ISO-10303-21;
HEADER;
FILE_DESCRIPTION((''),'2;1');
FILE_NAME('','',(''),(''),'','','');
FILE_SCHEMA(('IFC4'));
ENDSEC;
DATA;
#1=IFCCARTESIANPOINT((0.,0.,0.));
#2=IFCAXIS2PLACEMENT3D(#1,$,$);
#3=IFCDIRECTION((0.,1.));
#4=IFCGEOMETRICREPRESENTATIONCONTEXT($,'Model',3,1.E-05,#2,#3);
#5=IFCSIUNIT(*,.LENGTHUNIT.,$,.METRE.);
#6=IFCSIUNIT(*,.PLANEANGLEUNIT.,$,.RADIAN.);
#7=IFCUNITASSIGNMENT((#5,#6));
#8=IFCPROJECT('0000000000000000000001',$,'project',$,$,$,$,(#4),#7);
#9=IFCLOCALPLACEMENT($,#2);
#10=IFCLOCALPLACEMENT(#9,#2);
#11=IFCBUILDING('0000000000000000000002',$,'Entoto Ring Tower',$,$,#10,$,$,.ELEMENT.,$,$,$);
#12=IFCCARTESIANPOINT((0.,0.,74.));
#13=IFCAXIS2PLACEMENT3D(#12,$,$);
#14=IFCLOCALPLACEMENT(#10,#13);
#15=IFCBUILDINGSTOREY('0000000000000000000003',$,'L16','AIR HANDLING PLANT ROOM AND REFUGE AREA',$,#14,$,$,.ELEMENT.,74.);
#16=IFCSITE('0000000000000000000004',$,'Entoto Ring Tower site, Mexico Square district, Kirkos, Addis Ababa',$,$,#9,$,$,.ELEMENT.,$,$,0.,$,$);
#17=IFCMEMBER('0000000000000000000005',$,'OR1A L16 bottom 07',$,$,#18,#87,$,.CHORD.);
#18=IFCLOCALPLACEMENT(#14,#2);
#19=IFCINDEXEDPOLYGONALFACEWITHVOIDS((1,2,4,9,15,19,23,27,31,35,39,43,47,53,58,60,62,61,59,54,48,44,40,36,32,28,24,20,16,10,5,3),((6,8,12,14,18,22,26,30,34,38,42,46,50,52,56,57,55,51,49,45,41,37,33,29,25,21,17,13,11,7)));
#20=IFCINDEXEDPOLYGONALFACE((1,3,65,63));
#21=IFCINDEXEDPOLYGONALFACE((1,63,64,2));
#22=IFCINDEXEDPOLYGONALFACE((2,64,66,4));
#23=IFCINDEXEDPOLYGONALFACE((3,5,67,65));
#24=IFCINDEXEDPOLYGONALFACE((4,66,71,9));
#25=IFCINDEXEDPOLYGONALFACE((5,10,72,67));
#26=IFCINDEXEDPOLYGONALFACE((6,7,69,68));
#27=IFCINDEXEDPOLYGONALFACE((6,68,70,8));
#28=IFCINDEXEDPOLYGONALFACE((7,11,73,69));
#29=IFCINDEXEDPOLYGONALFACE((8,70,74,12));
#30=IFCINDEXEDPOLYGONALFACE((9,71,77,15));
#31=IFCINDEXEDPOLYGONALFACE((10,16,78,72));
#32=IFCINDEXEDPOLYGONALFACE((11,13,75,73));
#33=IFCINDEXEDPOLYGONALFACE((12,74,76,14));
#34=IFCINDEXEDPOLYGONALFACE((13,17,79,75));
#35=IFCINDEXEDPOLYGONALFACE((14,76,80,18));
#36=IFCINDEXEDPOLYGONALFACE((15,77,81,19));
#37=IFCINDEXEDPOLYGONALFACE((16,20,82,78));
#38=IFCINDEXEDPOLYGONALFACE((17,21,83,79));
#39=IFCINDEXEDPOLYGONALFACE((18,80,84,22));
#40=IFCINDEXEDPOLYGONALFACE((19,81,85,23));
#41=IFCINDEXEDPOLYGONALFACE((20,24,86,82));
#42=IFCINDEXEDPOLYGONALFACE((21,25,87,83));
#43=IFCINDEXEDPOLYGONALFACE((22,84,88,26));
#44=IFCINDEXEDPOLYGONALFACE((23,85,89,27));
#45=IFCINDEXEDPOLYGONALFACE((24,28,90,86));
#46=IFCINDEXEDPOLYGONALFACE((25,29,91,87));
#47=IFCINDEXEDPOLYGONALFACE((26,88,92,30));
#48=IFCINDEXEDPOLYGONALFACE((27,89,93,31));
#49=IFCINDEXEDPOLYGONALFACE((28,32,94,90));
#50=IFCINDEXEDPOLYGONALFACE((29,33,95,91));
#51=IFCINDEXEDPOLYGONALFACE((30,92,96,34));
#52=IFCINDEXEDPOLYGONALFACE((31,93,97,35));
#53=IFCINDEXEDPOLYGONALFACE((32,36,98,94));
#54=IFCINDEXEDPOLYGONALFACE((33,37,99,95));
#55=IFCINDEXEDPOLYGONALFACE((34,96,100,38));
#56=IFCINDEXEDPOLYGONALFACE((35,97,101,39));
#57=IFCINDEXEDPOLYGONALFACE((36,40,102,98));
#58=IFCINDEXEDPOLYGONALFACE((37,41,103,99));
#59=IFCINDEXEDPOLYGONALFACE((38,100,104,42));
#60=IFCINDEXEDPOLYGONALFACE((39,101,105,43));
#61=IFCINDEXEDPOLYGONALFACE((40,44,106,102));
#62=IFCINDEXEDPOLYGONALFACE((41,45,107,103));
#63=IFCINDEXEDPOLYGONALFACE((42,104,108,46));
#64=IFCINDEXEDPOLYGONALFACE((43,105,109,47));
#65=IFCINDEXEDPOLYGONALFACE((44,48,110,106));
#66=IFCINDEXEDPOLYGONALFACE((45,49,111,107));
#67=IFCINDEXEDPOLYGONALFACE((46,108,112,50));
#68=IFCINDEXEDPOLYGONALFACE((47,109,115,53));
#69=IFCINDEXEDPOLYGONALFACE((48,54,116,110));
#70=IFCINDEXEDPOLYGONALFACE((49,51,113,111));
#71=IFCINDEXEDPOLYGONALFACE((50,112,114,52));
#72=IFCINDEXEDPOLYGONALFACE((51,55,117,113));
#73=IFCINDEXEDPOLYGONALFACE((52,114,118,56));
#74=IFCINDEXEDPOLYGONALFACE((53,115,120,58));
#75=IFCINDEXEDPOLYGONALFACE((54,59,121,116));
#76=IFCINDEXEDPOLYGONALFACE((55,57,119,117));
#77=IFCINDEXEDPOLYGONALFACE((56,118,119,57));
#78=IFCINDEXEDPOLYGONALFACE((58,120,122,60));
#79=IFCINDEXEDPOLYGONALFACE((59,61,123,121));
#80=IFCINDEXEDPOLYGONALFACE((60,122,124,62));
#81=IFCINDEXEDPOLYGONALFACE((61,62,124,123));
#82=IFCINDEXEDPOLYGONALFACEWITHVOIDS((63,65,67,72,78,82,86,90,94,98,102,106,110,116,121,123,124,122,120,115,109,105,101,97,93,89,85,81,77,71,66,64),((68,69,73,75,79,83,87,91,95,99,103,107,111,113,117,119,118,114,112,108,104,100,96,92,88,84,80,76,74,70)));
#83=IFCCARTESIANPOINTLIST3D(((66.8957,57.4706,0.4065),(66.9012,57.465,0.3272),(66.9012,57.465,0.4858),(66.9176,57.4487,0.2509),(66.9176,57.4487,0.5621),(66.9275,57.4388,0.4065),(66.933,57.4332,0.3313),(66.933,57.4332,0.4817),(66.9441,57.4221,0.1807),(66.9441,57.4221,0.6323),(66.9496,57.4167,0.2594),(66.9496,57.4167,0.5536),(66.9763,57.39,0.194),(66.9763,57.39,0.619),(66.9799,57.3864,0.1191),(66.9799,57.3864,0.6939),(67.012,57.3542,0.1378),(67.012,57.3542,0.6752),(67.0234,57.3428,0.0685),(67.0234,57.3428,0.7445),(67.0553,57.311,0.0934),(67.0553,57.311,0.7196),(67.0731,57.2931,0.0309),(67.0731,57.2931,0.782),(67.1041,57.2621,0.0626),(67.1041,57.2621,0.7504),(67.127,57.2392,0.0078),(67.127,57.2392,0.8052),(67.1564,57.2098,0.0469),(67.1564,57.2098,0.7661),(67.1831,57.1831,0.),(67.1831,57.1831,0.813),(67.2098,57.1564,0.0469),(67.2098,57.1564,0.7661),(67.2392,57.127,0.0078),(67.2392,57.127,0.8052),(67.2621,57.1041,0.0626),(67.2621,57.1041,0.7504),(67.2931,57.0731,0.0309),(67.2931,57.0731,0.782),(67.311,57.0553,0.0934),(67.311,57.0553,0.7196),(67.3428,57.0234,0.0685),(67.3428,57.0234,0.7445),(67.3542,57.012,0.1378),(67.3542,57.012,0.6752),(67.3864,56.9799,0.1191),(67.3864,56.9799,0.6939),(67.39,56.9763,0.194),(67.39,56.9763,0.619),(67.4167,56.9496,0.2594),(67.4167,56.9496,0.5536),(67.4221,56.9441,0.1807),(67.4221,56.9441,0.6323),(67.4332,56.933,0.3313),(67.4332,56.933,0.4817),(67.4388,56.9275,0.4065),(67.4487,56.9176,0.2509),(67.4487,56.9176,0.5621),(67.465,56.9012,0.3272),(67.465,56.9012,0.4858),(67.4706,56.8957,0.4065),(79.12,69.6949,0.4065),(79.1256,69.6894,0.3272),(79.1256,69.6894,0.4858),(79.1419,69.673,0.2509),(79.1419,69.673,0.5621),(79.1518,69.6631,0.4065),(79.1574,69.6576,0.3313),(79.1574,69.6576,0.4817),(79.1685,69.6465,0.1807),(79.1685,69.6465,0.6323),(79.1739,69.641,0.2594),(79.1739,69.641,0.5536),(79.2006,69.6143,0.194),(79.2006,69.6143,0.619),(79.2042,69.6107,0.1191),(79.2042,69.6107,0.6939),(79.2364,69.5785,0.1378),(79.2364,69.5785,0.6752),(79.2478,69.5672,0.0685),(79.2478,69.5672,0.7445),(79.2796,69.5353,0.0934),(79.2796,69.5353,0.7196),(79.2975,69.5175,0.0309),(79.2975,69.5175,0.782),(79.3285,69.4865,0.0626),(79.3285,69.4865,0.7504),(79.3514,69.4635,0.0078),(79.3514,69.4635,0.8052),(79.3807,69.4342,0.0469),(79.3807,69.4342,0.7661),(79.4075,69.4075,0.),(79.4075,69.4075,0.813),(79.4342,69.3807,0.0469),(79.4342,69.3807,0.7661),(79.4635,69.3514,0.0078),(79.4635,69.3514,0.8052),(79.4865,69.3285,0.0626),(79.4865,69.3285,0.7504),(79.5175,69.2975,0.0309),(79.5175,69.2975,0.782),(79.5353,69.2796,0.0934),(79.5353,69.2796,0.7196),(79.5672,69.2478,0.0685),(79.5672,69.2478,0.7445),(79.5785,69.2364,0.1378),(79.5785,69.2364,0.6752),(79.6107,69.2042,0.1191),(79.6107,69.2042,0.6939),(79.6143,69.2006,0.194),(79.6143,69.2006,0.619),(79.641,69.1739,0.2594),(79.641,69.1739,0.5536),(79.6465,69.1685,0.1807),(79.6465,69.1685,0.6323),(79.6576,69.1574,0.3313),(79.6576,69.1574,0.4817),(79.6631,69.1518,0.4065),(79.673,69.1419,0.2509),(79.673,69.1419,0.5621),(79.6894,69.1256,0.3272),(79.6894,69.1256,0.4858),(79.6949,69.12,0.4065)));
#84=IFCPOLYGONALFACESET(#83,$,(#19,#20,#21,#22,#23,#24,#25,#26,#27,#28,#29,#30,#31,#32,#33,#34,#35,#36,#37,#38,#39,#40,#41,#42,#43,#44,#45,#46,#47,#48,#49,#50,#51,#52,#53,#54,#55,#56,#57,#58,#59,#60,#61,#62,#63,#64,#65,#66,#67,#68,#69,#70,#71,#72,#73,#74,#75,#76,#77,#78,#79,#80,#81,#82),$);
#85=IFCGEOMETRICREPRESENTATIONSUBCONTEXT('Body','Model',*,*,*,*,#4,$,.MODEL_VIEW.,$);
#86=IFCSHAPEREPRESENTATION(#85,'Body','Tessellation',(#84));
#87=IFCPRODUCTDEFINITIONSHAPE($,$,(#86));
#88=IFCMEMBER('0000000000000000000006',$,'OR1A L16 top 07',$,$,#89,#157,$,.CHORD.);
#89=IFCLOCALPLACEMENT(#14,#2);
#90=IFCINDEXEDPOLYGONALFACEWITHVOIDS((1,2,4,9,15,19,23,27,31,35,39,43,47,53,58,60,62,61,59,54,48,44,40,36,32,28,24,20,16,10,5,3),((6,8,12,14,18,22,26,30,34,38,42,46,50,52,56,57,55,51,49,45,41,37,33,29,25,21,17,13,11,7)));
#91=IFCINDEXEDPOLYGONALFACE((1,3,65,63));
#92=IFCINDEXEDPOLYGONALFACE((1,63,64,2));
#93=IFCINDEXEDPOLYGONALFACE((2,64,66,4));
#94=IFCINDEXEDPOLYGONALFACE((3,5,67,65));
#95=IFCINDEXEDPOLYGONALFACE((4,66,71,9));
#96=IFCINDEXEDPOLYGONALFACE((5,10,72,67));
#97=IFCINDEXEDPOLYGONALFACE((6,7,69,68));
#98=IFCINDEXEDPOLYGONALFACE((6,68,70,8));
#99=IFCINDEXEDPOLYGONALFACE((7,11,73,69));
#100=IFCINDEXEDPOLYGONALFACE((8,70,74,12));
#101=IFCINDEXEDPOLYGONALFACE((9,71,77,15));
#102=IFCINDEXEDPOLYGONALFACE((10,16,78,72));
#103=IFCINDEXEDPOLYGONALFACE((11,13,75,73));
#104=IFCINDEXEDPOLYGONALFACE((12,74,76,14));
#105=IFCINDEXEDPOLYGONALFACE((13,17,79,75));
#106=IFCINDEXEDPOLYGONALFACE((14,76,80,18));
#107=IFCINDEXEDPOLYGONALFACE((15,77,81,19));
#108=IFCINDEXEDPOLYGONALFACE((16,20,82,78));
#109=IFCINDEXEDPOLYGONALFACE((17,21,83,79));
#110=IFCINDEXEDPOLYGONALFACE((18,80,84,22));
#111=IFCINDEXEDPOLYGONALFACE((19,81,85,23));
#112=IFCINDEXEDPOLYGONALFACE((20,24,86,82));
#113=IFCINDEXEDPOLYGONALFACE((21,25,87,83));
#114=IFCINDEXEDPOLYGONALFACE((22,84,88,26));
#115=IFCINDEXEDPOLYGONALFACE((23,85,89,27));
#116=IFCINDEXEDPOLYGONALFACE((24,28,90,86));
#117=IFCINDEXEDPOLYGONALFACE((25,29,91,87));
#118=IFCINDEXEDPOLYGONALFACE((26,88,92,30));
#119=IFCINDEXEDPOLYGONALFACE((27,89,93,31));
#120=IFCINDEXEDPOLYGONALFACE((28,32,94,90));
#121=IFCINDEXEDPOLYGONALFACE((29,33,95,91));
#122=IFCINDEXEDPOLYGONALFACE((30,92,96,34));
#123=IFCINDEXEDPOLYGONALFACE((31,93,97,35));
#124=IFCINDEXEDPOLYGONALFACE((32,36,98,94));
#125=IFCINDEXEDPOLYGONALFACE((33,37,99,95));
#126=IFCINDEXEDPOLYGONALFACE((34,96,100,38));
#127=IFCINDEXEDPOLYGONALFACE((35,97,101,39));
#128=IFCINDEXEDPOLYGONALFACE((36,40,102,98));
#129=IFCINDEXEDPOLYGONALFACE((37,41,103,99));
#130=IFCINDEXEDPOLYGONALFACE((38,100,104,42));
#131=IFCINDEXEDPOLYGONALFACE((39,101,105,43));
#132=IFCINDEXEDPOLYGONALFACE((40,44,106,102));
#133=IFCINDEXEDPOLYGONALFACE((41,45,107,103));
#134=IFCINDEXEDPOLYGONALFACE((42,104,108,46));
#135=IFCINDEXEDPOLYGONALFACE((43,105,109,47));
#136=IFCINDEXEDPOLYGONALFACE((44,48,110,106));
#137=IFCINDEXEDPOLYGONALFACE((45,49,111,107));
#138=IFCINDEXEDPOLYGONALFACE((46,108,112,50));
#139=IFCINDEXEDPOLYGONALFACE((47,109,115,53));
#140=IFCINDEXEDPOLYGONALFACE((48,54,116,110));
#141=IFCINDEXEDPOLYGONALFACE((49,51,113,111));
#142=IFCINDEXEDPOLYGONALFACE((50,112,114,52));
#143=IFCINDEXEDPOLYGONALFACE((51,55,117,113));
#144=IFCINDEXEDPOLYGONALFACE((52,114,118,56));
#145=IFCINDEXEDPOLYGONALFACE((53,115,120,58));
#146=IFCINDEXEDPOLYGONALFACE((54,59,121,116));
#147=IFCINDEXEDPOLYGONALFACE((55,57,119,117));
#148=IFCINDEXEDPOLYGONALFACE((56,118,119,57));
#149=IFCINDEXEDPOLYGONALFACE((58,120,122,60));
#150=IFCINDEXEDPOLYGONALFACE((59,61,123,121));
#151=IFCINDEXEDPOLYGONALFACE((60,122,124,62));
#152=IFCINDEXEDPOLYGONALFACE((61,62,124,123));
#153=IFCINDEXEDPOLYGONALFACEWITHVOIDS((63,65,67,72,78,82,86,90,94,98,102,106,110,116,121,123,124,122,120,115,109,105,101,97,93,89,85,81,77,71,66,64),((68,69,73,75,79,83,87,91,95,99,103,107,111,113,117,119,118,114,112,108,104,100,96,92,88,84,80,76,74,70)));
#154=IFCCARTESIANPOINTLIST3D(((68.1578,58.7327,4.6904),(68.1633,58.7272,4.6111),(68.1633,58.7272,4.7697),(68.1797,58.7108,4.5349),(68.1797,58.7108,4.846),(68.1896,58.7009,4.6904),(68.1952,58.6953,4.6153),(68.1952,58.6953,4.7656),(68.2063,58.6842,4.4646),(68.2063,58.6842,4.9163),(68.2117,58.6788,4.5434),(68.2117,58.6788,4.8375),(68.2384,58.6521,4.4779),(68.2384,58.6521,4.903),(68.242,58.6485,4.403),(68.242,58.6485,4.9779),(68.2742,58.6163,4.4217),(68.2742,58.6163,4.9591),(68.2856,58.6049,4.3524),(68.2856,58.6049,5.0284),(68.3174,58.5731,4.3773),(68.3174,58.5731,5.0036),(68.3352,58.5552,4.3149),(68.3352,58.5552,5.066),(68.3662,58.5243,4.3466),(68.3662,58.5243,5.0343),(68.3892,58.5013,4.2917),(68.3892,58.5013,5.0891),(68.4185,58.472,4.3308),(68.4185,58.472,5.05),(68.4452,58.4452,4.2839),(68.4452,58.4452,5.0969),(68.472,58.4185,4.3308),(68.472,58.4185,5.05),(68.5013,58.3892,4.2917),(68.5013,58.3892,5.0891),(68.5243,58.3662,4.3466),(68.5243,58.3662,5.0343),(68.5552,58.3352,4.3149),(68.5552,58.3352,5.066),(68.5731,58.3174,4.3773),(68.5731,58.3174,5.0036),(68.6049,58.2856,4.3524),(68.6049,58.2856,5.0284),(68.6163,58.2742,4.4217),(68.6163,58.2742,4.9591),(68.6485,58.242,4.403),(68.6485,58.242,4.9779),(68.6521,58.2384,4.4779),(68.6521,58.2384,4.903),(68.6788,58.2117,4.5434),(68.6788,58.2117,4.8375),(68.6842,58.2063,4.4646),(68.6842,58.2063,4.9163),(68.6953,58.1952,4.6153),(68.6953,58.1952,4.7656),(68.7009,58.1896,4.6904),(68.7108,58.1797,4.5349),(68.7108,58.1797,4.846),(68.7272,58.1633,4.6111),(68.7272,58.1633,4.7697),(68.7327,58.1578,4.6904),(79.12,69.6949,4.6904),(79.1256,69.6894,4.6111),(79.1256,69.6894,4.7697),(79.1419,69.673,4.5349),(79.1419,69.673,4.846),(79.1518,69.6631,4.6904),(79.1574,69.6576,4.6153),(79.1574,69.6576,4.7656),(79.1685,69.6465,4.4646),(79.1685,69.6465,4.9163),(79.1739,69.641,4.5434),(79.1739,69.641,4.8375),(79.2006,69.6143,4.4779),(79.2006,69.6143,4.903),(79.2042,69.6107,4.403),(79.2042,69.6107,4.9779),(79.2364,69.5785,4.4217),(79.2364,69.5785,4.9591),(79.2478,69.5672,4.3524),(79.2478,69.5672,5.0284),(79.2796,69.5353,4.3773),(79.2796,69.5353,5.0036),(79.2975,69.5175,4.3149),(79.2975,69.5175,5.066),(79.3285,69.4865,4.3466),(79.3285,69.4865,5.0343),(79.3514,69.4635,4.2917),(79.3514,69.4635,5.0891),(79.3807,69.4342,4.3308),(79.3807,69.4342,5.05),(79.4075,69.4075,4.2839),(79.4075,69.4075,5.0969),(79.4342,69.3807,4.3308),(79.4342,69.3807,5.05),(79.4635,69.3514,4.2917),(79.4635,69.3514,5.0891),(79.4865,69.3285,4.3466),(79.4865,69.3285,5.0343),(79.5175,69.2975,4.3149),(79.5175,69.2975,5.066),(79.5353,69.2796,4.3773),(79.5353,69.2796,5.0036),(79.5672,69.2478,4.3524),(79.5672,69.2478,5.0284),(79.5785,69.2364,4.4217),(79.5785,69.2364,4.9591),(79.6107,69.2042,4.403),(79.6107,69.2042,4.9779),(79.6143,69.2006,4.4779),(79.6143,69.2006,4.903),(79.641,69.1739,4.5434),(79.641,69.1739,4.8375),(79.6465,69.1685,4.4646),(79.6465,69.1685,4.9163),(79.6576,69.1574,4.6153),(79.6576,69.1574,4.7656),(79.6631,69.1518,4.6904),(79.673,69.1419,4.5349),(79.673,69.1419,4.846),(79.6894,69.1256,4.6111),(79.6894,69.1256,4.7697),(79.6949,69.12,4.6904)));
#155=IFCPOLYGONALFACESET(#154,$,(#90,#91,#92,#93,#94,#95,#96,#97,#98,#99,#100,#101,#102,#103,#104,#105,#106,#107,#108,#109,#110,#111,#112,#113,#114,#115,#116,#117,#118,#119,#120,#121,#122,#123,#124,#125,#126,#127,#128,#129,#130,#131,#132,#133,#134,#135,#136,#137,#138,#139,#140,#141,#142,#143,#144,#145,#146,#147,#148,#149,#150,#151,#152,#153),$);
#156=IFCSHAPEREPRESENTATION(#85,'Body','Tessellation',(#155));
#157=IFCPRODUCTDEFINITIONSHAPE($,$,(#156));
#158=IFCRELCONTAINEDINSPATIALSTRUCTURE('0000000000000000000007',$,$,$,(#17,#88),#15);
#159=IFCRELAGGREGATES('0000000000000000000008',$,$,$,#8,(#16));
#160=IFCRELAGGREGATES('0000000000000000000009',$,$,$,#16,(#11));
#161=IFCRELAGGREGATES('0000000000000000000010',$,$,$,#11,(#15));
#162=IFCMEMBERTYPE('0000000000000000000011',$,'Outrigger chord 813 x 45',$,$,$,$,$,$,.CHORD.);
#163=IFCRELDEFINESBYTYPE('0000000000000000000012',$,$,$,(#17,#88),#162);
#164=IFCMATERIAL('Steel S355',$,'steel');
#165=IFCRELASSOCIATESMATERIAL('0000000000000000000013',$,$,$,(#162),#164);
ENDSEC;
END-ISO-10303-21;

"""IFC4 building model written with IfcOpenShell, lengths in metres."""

from ifc_helpers import new_model, si_unit, direction, frame, origin, origin_2d, place, context, subcontext, project, spatial, circle, hollow_circle, extrude, material, material_profile, profile_set, type_object, element, save


model = new_model("IFC4")

# Units and contexts
model_context = context("Model", 3, precision=1e-05, world=origin(), true_north=direction((0.0, 1.0)))
body_context = subcontext(model_context, "Body", "Model", "MODEL_VIEW")
ifc_project = project(units=[si_unit("LENGTHUNIT", "METRE"), si_unit("PLANEANGLEUNIT", "RADIAN")], contexts=[model_context])

# Site, building, storey
site_placement = place(None, origin())
site = spatial("IfcSite", under=ifc_project, at=site_placement, Name="Entoto Ring Tower site, Mexico Square district, Kirkos, Addis Ababa", CompositionType="ELEMENT", RefElevation=0.0)
building_placement = place(site_placement, origin())
building = spatial("IfcBuilding", under=site, at=building_placement, Name="Entoto Ring Tower", CompositionType="ELEMENT")
storey_placement = place(building_placement, frame((0.0, 0.0, 74.0)))
storey = spatial("IfcBuildingStorey", under=building, at=storey_placement, Name="L16", Description="AIR HANDLING PLANT ROOM AND REFUGE AREA", CompositionType="ELEMENT", Elevation=74.0)

# Members
ifc_material_1 = material(Name="Steel S355", Category="steel")
ifc_material_profile_1 = material_profile(ifc_material_1, hollow_circle(Radius=0.4065, WallThickness=0.0449, at=origin_2d()), Name="CHS 813 x 45")
ifc_material_2 = material(Name="Concrete C60/75", Category="concrete")
ifc_material_profile_2 = material_profile(ifc_material_2, circle(Radius=0.3616, at=origin_2d()), Name="Concrete C60/75 infill")
ifc_profile_set_1 = profile_set([ifc_material_profile_1, ifc_material_profile_2], Name="Steel S355")
member_type_1 = type_object("IfcMemberType", Name="Outrigger chord 813 x 45", PredefinedType="CHORD", material=ifc_profile_set_1)
member_1_placement = place(storey_placement, frame((79.4075, 69.4075, 0.4065), z_axis=(-0.707107, -0.707107, 0.0), x_axis=(0.707107, -0.707107, 0.0)))
element("IfcMember", 1, at=member_1_placement, inside=storey, type_object=member_type_1, Name="OR1A L16 bottom 07", PredefinedType="CHORD", context=body_context, shape_type="SweptSolid", body=[
    extrude(hollow_circle(Radius=0.4065, WallThickness=0.0449, at=origin_2d()), origin(), (0.0, 0.0, 1.0), 17.2878),
])
member_2_placement = place(storey_placement, frame((79.4075, 69.4075, 4.6904), z_axis=(-0.707107, -0.707107, 0.0), x_axis=(0.707107, -0.707107, 0.0)))
element("IfcMember", 2, at=member_2_placement, inside=storey, type_object=member_type_1, Name="OR1A L16 top 07", PredefinedType="CHORD", context=body_context, shape_type="SweptSolid", body=[
    extrude(hollow_circle(Radius=0.4065, WallThickness=0.0449, at=origin_2d()), origin(), (0.0, 0.0, 1.0), 15.5029),
])

save(model, "model.ifc")
